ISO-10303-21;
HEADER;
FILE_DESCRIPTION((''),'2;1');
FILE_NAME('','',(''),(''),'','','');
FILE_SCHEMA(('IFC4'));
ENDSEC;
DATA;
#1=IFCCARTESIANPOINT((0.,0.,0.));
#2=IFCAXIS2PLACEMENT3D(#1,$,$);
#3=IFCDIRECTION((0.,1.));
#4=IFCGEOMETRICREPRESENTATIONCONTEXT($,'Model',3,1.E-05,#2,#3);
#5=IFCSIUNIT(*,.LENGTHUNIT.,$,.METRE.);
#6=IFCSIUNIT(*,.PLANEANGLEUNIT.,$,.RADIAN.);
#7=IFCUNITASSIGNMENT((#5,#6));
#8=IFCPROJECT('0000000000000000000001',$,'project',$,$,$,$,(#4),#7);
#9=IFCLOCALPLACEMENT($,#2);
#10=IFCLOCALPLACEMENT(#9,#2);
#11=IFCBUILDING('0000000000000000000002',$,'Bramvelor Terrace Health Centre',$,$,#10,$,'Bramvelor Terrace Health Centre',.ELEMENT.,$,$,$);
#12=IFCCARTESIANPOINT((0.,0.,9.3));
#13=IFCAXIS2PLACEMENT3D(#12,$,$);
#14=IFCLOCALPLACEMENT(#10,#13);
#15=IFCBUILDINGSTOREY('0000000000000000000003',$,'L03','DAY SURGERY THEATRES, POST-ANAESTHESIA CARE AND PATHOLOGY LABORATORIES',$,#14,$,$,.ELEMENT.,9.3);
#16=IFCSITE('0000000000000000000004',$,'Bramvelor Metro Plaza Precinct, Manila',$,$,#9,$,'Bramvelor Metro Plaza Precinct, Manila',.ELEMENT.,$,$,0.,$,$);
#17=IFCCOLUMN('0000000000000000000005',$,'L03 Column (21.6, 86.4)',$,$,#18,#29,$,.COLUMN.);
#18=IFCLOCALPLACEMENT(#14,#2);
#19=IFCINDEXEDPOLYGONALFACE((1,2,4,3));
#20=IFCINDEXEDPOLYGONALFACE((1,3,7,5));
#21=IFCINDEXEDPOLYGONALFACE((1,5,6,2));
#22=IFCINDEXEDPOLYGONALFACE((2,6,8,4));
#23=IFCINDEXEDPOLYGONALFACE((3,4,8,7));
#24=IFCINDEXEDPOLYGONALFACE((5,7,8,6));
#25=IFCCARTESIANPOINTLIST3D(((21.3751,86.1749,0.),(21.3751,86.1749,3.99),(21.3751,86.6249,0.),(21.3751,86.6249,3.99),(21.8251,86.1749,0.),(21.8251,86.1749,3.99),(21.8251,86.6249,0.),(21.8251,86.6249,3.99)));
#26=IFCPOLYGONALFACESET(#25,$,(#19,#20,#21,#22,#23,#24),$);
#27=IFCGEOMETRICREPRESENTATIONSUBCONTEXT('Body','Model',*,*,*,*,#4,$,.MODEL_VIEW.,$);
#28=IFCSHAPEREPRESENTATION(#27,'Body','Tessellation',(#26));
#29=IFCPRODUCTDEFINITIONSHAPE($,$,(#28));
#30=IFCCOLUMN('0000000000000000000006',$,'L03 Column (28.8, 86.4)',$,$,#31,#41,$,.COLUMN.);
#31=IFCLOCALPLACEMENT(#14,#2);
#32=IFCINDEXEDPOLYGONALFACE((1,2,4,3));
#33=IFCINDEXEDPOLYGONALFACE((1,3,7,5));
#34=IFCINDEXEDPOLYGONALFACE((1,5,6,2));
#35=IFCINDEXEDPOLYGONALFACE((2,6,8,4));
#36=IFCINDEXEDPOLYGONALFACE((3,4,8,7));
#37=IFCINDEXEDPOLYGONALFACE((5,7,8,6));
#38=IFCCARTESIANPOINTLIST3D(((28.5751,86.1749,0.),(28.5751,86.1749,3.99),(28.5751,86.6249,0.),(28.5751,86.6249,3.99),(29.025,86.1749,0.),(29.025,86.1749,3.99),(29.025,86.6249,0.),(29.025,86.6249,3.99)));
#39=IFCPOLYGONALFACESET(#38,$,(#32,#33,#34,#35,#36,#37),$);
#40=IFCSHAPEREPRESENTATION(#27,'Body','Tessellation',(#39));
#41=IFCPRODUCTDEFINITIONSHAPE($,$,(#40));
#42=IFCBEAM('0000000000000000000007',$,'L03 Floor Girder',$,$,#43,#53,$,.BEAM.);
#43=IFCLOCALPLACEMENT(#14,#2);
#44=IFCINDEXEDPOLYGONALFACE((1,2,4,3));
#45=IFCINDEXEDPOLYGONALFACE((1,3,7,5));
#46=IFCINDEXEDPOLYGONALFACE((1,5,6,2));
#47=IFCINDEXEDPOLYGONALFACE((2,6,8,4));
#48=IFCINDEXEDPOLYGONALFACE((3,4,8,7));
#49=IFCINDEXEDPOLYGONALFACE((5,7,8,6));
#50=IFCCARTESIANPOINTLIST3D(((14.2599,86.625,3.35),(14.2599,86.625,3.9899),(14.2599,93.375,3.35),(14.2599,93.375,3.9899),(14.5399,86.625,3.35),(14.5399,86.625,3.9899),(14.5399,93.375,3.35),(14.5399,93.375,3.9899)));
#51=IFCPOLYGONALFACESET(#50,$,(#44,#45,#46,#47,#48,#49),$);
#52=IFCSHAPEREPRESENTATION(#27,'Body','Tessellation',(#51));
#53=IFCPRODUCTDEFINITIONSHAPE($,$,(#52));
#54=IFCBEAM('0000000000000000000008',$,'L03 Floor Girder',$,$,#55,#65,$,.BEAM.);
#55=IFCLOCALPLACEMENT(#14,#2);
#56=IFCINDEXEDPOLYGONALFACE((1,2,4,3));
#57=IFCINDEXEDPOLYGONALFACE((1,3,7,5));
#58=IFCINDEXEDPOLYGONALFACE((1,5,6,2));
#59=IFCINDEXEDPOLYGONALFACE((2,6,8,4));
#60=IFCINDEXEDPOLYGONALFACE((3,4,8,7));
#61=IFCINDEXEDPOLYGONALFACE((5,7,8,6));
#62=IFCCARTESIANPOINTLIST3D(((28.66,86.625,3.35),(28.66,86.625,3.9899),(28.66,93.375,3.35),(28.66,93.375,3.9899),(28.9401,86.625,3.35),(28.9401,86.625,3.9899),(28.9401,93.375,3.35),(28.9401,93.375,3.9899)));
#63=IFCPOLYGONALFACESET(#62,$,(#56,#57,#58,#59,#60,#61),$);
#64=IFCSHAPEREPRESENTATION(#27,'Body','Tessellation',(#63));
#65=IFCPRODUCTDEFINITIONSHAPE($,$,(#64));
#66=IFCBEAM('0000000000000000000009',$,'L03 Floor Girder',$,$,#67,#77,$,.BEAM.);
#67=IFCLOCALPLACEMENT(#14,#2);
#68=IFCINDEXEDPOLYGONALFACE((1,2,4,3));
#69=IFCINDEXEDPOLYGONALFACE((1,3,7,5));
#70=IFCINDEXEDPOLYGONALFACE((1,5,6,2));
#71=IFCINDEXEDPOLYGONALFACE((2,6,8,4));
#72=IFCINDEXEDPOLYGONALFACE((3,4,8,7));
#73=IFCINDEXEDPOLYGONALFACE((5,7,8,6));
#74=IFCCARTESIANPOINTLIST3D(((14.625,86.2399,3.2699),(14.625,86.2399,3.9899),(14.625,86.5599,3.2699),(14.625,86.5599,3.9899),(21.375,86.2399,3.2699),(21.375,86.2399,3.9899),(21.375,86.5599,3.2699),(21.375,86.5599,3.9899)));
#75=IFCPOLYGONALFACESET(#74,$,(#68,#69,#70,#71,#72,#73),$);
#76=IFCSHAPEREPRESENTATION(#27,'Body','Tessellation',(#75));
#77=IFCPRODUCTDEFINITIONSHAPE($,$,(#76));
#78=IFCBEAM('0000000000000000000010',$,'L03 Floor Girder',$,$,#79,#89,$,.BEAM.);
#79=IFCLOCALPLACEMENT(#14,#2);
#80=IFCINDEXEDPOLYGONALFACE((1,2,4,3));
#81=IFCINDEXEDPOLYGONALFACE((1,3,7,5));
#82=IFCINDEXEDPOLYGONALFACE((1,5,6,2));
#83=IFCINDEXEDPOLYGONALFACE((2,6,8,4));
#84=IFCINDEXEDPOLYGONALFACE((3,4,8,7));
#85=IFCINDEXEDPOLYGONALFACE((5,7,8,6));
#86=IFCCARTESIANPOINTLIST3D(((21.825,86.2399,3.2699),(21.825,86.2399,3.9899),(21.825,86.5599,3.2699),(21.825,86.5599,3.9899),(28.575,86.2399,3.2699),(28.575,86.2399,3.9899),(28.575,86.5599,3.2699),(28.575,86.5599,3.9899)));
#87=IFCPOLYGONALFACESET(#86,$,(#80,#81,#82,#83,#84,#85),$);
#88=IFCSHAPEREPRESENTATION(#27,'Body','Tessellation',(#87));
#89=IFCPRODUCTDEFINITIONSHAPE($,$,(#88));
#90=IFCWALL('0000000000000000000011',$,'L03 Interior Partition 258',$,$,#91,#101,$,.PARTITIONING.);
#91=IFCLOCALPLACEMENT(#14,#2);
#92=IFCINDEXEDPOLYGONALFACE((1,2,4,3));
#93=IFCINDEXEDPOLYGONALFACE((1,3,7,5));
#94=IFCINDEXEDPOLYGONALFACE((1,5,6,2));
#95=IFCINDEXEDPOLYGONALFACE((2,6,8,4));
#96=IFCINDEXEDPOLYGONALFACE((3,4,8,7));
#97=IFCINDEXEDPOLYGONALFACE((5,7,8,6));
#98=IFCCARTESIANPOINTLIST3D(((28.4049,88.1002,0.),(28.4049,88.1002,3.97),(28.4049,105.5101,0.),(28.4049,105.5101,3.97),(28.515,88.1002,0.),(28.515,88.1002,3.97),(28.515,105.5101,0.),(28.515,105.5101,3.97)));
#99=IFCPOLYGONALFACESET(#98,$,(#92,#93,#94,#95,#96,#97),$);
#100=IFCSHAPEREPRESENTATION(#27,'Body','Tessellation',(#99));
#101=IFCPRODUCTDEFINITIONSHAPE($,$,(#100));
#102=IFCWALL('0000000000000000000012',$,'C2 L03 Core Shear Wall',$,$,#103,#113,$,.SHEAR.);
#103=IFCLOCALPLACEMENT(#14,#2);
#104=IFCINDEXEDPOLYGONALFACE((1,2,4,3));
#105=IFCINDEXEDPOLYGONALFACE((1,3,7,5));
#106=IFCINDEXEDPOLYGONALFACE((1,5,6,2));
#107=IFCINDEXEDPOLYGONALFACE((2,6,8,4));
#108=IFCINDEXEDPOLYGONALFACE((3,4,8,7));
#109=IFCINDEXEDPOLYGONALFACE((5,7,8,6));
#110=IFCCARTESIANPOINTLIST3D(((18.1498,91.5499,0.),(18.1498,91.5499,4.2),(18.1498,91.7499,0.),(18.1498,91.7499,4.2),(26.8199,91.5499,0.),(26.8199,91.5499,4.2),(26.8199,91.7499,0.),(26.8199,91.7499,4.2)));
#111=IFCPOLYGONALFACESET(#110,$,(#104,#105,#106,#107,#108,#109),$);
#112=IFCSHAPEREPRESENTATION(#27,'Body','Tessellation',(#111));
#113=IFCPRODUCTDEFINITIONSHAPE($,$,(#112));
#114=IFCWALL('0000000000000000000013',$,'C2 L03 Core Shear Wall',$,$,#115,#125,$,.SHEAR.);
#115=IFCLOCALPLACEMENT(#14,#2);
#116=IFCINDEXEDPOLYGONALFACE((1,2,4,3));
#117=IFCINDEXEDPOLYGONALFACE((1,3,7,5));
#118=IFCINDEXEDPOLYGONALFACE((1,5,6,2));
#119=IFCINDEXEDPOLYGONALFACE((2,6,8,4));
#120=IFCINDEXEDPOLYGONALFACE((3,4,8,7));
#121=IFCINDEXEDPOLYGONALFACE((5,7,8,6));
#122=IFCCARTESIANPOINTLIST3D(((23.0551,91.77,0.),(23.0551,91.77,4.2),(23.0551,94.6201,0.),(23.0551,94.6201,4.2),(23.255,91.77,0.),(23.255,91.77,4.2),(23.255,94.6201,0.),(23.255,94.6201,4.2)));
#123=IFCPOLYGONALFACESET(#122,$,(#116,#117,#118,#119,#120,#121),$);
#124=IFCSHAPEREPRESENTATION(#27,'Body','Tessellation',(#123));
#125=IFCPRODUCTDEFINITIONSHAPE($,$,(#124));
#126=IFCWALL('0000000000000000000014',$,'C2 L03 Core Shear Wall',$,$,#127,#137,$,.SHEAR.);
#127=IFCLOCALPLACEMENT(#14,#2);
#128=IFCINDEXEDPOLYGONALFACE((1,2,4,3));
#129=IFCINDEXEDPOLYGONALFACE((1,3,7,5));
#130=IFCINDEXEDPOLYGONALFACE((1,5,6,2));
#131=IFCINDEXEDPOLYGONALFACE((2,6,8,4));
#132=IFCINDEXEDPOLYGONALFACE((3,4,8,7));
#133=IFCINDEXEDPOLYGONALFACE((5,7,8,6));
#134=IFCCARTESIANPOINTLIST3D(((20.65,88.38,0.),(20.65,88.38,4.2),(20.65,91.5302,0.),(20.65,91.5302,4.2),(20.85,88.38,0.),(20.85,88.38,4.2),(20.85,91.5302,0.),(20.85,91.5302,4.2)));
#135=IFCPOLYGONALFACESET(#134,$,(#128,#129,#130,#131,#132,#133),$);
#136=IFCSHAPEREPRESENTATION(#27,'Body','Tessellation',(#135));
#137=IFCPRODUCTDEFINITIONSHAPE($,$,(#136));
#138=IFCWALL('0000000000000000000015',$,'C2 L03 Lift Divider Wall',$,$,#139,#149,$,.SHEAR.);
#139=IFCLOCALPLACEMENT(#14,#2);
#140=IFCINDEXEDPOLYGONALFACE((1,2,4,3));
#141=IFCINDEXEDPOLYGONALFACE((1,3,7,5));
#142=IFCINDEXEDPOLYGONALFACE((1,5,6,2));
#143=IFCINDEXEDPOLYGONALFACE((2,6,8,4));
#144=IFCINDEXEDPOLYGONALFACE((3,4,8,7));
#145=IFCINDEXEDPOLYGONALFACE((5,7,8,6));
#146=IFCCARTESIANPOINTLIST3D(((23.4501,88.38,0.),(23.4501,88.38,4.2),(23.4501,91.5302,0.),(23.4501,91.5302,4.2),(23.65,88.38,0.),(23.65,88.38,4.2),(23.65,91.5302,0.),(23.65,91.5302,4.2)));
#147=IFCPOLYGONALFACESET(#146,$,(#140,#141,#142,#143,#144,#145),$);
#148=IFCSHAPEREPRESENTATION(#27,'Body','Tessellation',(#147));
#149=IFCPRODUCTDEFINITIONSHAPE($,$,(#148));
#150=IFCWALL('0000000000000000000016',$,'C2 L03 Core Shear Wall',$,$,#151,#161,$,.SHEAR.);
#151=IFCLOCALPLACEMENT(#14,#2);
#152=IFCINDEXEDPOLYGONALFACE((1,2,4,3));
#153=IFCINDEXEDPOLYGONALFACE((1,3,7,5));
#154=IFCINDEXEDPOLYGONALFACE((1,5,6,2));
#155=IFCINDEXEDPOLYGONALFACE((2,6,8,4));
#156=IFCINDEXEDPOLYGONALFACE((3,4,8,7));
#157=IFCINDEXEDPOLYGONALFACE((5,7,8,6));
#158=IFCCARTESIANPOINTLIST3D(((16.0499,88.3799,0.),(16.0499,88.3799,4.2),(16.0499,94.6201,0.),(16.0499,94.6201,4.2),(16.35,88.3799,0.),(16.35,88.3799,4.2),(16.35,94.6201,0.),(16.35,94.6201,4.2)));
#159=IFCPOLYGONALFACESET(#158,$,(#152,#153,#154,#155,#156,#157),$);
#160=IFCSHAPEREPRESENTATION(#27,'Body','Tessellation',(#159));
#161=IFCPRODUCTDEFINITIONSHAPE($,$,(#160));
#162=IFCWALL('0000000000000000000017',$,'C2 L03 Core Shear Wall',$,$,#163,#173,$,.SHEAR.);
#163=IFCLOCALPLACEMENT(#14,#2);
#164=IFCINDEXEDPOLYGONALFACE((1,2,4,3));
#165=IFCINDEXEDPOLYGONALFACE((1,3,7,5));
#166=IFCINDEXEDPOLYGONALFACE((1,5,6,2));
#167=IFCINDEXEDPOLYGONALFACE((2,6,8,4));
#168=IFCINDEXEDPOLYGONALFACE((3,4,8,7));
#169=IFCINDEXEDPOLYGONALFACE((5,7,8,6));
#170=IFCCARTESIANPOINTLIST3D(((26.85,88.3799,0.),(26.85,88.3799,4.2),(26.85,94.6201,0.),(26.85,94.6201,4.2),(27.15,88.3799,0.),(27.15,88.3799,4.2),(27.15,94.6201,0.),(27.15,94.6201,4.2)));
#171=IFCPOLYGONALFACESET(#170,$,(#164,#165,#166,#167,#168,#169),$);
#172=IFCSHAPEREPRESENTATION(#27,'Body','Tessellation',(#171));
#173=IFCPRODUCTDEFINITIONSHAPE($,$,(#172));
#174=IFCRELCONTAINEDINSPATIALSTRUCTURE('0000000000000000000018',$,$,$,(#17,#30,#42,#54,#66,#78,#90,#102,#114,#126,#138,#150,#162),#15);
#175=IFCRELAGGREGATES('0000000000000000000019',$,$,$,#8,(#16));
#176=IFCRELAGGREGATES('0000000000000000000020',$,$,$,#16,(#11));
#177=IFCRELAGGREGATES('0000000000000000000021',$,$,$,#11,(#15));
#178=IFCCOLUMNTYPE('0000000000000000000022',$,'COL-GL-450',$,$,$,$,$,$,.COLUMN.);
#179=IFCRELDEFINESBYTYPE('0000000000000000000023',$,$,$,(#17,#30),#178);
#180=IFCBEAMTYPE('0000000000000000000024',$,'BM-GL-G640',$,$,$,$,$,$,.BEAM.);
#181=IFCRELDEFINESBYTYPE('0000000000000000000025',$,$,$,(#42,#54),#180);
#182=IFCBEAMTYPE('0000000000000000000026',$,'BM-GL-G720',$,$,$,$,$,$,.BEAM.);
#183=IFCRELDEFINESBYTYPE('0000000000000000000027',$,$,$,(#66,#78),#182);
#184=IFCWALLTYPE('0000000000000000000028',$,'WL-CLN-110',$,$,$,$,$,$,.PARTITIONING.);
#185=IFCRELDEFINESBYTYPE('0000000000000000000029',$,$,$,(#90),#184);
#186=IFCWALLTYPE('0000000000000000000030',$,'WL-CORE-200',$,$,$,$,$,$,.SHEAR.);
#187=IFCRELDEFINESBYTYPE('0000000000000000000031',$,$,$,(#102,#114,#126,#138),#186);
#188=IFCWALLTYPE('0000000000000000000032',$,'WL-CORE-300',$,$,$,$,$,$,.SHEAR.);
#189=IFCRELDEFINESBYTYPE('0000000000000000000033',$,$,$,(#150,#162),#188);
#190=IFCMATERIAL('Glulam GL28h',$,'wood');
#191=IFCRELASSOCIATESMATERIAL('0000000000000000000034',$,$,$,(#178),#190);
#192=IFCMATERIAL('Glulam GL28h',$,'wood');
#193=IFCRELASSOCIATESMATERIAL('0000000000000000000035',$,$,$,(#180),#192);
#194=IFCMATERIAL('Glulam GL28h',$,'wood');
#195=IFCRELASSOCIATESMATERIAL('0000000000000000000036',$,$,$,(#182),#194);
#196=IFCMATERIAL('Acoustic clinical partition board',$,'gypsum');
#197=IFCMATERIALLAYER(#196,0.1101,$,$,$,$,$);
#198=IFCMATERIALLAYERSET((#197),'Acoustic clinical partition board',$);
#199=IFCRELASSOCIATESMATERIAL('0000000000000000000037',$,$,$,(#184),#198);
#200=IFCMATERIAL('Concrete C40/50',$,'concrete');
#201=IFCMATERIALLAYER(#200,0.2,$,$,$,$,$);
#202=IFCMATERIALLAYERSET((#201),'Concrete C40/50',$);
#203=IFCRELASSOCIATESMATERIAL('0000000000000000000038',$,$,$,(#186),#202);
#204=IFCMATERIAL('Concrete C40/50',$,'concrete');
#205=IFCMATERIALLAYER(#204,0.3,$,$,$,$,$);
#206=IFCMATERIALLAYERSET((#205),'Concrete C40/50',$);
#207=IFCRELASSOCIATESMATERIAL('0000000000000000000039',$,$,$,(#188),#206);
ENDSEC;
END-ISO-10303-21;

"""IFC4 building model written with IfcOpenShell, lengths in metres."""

from ifc_helpers import new_model, si_unit, direction, frame, frame_2d, origin, origin_2d, place, context, subcontext, project, spatial, rectangle, extrude, material, layer, layer_set, material_profile, profile_set, type_object, element, save


model = new_model("IFC4")

# Units and contexts
model_context = context("Model", 3, precision=1e-05, world=origin(), true_north=direction((0.0, 1.0)))
body_context = subcontext(model_context, "Body", "Model", "MODEL_VIEW")
ifc_project = project(units=[si_unit("LENGTHUNIT", "METRE"), si_unit("PLANEANGLEUNIT", "RADIAN")], contexts=[model_context])

# Site, building, storey
site_placement = place(None, origin())
site = spatial("IfcSite", under=ifc_project, at=site_placement, Name="Bramvelor Metro Plaza Precinct, Manila", LongName="Bramvelor Metro Plaza Precinct, Manila", CompositionType="ELEMENT", RefElevation=0.0)
building_placement = place(site_placement, origin())
building = spatial("IfcBuilding", under=site, at=building_placement, Name="Bramvelor Terrace Health Centre", LongName="Bramvelor Terrace Health Centre", CompositionType="ELEMENT")
storey_placement = place(building_placement, frame((0.0, 0.0, 9.3)))
storey = spatial("IfcBuildingStorey", under=building, at=storey_placement, Name="L03", Description="DAY SURGERY THEATRES, POST-ANAESTHESIA CARE AND PATHOLOGY LABORATORIES", CompositionType="ELEMENT", Elevation=9.3)

# Columns
ifc_material_1 = material(Name="Glulam GL28h", Category="wood")
ifc_material_profile_1 = material_profile(ifc_material_1, rectangle(XDim=0.45, YDim=0.45, at=origin_2d()), Name="GL 450x450")
ifc_profile_set_1 = profile_set([ifc_material_profile_1], Name="Glulam GL28h")
column_type = type_object("IfcColumnType", Name="COL-GL-450", PredefinedType="COLUMN", material=ifc_profile_set_1)
for number, where, z_axis, x_axis, name in (
    (1, (21.6001, 86.3999, 0.0), (0.0, 0.0, 1.0), (1.0, 0.0, 0.0), "L03 Column (21.6, 86.4)"),
    (2, (28.8, 86.3999, 0.0), (0.0, 0.0, 1.0), (1.0, 0.0, 0.0), "L03 Column (28.8, 86.4)"),
):
    element("IfcColumn", number, at=place(storey_placement, frame(where, z_axis=z_axis, x_axis=x_axis)), inside=storey, type_object=column_type, Name=name, PredefinedType="COLUMN", context=body_context, shape_type="SweptSolid", body=[
        extrude(rectangle(XDim=0.45, YDim=0.45, at=origin_2d()), origin(), (0.0, 0.0, 1.0), 3.99),
    ])

# Beams
ifc_material_2 = material(Name="Glulam GL28h", Category="wood")
ifc_material_profile_2 = material_profile(ifc_material_2, rectangle(XDim=0.28, YDim=0.6399, at=origin_2d()), Name="GL 280x640")
ifc_profile_set_2 = profile_set([ifc_material_profile_2], Name="Glulam GL28h")
beam_type_1 = type_object("IfcBeamType", Name="BM-GL-G640", PredefinedType="BEAM", material=ifc_profile_set_2)
for number, where, z_axis, x_axis, name in (
    (3, (14.3999, 86.625, 3.6699), (0.0, 1.0, 0.0), (-1.0, 0.0, 0.0), "L03 Floor Girder"),
    (4, (28.8, 86.625, 3.6699), (0.0, 1.0, 0.0), (-1.0, 0.0, 0.0), "L03 Floor Girder"),
):
    element("IfcBeam", number, at=place(storey_placement, frame(where, z_axis=z_axis, x_axis=x_axis)), inside=storey, type_object=beam_type_1, Name=name, PredefinedType="BEAM", context=body_context, shape_type="SweptSolid", body=[
        extrude(rectangle(XDim=0.28, YDim=0.6399, at=origin_2d()), origin(), (0.0, 0.0, 1.0), 6.75),
    ])
ifc_material_3 = material(Name="Glulam GL28h", Category="wood")
ifc_material_profile_3 = material_profile(ifc_material_3, rectangle(XDim=0.3201, YDim=0.72, at=origin_2d()), Name="GL 320x720")
ifc_profile_set_3 = profile_set([ifc_material_profile_3], Name="Glulam GL28h")
beam_type_2 = type_object("IfcBeamType", Name="BM-GL-G720", PredefinedType="BEAM", material=ifc_profile_set_3)
for number, where, z_axis, x_axis, name in (
    (5, (14.625, 86.3999, 3.6299), (1.0, 0.0, 0.0), (0.0, 1.0, 0.0), "L03 Floor Girder"),
    (6, (21.825, 86.3999, 3.6299), (1.0, 0.0, 0.0), (0.0, 1.0, 0.0), "L03 Floor Girder"),
):
    element("IfcBeam", number, at=place(storey_placement, frame(where, z_axis=z_axis, x_axis=x_axis)), inside=storey, type_object=beam_type_2, Name=name, PredefinedType="BEAM", context=body_context, shape_type="SweptSolid", body=[
        extrude(rectangle(XDim=0.3201, YDim=0.72, at=origin_2d()), origin(), (0.0, 0.0, 1.0), 6.75),
    ])

# Walls
ifc_material_4 = material(Name="Acoustic clinical partition board", Category="gypsum")
ifc_layer_1 = layer(ifc_material_4, 0.1101)
ifc_layer_set_1 = layer_set([ifc_layer_1], Name="Acoustic clinical partition board")
wall_type_1 = type_object("IfcWallType", Name="WL-CLN-110", PredefinedType="PARTITIONING", material=ifc_layer_set_1)
wall_1_placement = place(storey_placement, frame((28.46, 88.1001, 0.0), z_axis=(0.0, 0.0, 1.0), x_axis=(0.0, 1.0, 0.0)))
element("IfcWall", 7, at=wall_1_placement, inside=storey, type_object=wall_type_1, Name="L03 Interior Partition 258", PredefinedType="PARTITIONING", context=body_context, shape_type="SweptSolid", body=[
    extrude(rectangle(XDim=17.4099, YDim=0.1101, at=frame_2d((8.7051, 0.0))), origin(), (0.0, 0.0, 1.0), 3.97),
])
ifc_material_5 = material(Name="Concrete C40/50", Category="concrete")
ifc_layer_2 = layer(ifc_material_5, 0.2)
ifc_layer_set_2 = layer_set([ifc_layer_2], Name="Concrete C40/50")
wall_type_2 = type_object("IfcWallType", Name="WL-CORE-200", PredefinedType="SHEAR", material=ifc_layer_set_2)
wall_2_placement = place(storey_placement, frame((18.1499, 91.6499, 0.0), z_axis=(0.0, 0.0, 1.0), x_axis=(1.0, 0.0, 0.0)))
element("IfcWall", 8, at=wall_2_placement, inside=storey, type_object=wall_type_2, Name="C2 L03 Core Shear Wall", PredefinedType="SHEAR", context=body_context, shape_type="SweptSolid", body=[
    extrude(rectangle(XDim=8.6702, YDim=0.2, at=frame_2d((4.335, 0.0))), origin(), (0.0, 0.0, 1.0), 4.2),
])
wall_3_placement = place(storey_placement, frame((23.155, 91.77, 0.0), z_axis=(0.0, 0.0, 1.0), x_axis=(0.0, 1.0, 0.0)))
element("IfcWall", 9, at=wall_3_placement, inside=storey, type_object=wall_type_2, Name="C2 L03 Core Shear Wall", PredefinedType="SHEAR", context=body_context, shape_type="SweptSolid", body=[
    extrude(rectangle(XDim=2.8501, YDim=0.2, at=frame_2d((1.425, 0.0))), origin(), (0.0, 0.0, 1.0), 4.2),
])
for number, where, z_axis, x_axis, name in (
    (10, (20.75, 88.3799, 0.0), (0.0, 0.0, 1.0), (0.0, 1.0, 0.0), "C2 L03 Core Shear Wall"),
    (11, (23.55, 88.3799, 0.0), (0.0, 0.0, 1.0), (0.0, 1.0, 0.0), "C2 L03 Lift Divider Wall"),
):
    element("IfcWall", number, at=place(storey_placement, frame(where, z_axis=z_axis, x_axis=x_axis)), inside=storey, type_object=wall_type_2, Name=name, PredefinedType="SHEAR", context=body_context, shape_type="SweptSolid", body=[
        extrude(rectangle(XDim=3.1501, YDim=0.2, at=frame_2d((1.5752, 0.0))), origin(), (0.0, 0.0, 1.0), 4.2),
    ])

# Shared definitions
ifc_material_6 = material(Name="Concrete C40/50", Category="concrete")
ifc_layer_3 = layer(ifc_material_6, 0.3)
ifc_layer_set_3 = layer_set([ifc_layer_3], Name="Concrete C40/50")
wall_type_3 = type_object("IfcWallType", Name="WL-CORE-300", PredefinedType="SHEAR", material=ifc_layer_set_3)

# Walls
for number, where, z_axis, x_axis, name in (
    (12, (16.2, 88.3799, 0.0), (0.0, 0.0, 1.0), (0.0, 1.0, 0.0), "C2 L03 Core Shear Wall"),
    (13, (27.0, 88.3799, 0.0), (0.0, 0.0, 1.0), (0.0, 1.0, 0.0), "C2 L03 Core Shear Wall"),
):
    element("IfcWall", number, at=place(storey_placement, frame(where, z_axis=z_axis, x_axis=x_axis)), inside=storey, type_object=wall_type_3, Name=name, PredefinedType="SHEAR", context=body_context, shape_type="SweptSolid", body=[
        extrude(rectangle(XDim=6.2402, YDim=0.3, at=frame_2d((3.1201, 0.0))), origin(), (0.0, 0.0, 1.0), 4.2),
    ])

save(model, "model.ifc")
